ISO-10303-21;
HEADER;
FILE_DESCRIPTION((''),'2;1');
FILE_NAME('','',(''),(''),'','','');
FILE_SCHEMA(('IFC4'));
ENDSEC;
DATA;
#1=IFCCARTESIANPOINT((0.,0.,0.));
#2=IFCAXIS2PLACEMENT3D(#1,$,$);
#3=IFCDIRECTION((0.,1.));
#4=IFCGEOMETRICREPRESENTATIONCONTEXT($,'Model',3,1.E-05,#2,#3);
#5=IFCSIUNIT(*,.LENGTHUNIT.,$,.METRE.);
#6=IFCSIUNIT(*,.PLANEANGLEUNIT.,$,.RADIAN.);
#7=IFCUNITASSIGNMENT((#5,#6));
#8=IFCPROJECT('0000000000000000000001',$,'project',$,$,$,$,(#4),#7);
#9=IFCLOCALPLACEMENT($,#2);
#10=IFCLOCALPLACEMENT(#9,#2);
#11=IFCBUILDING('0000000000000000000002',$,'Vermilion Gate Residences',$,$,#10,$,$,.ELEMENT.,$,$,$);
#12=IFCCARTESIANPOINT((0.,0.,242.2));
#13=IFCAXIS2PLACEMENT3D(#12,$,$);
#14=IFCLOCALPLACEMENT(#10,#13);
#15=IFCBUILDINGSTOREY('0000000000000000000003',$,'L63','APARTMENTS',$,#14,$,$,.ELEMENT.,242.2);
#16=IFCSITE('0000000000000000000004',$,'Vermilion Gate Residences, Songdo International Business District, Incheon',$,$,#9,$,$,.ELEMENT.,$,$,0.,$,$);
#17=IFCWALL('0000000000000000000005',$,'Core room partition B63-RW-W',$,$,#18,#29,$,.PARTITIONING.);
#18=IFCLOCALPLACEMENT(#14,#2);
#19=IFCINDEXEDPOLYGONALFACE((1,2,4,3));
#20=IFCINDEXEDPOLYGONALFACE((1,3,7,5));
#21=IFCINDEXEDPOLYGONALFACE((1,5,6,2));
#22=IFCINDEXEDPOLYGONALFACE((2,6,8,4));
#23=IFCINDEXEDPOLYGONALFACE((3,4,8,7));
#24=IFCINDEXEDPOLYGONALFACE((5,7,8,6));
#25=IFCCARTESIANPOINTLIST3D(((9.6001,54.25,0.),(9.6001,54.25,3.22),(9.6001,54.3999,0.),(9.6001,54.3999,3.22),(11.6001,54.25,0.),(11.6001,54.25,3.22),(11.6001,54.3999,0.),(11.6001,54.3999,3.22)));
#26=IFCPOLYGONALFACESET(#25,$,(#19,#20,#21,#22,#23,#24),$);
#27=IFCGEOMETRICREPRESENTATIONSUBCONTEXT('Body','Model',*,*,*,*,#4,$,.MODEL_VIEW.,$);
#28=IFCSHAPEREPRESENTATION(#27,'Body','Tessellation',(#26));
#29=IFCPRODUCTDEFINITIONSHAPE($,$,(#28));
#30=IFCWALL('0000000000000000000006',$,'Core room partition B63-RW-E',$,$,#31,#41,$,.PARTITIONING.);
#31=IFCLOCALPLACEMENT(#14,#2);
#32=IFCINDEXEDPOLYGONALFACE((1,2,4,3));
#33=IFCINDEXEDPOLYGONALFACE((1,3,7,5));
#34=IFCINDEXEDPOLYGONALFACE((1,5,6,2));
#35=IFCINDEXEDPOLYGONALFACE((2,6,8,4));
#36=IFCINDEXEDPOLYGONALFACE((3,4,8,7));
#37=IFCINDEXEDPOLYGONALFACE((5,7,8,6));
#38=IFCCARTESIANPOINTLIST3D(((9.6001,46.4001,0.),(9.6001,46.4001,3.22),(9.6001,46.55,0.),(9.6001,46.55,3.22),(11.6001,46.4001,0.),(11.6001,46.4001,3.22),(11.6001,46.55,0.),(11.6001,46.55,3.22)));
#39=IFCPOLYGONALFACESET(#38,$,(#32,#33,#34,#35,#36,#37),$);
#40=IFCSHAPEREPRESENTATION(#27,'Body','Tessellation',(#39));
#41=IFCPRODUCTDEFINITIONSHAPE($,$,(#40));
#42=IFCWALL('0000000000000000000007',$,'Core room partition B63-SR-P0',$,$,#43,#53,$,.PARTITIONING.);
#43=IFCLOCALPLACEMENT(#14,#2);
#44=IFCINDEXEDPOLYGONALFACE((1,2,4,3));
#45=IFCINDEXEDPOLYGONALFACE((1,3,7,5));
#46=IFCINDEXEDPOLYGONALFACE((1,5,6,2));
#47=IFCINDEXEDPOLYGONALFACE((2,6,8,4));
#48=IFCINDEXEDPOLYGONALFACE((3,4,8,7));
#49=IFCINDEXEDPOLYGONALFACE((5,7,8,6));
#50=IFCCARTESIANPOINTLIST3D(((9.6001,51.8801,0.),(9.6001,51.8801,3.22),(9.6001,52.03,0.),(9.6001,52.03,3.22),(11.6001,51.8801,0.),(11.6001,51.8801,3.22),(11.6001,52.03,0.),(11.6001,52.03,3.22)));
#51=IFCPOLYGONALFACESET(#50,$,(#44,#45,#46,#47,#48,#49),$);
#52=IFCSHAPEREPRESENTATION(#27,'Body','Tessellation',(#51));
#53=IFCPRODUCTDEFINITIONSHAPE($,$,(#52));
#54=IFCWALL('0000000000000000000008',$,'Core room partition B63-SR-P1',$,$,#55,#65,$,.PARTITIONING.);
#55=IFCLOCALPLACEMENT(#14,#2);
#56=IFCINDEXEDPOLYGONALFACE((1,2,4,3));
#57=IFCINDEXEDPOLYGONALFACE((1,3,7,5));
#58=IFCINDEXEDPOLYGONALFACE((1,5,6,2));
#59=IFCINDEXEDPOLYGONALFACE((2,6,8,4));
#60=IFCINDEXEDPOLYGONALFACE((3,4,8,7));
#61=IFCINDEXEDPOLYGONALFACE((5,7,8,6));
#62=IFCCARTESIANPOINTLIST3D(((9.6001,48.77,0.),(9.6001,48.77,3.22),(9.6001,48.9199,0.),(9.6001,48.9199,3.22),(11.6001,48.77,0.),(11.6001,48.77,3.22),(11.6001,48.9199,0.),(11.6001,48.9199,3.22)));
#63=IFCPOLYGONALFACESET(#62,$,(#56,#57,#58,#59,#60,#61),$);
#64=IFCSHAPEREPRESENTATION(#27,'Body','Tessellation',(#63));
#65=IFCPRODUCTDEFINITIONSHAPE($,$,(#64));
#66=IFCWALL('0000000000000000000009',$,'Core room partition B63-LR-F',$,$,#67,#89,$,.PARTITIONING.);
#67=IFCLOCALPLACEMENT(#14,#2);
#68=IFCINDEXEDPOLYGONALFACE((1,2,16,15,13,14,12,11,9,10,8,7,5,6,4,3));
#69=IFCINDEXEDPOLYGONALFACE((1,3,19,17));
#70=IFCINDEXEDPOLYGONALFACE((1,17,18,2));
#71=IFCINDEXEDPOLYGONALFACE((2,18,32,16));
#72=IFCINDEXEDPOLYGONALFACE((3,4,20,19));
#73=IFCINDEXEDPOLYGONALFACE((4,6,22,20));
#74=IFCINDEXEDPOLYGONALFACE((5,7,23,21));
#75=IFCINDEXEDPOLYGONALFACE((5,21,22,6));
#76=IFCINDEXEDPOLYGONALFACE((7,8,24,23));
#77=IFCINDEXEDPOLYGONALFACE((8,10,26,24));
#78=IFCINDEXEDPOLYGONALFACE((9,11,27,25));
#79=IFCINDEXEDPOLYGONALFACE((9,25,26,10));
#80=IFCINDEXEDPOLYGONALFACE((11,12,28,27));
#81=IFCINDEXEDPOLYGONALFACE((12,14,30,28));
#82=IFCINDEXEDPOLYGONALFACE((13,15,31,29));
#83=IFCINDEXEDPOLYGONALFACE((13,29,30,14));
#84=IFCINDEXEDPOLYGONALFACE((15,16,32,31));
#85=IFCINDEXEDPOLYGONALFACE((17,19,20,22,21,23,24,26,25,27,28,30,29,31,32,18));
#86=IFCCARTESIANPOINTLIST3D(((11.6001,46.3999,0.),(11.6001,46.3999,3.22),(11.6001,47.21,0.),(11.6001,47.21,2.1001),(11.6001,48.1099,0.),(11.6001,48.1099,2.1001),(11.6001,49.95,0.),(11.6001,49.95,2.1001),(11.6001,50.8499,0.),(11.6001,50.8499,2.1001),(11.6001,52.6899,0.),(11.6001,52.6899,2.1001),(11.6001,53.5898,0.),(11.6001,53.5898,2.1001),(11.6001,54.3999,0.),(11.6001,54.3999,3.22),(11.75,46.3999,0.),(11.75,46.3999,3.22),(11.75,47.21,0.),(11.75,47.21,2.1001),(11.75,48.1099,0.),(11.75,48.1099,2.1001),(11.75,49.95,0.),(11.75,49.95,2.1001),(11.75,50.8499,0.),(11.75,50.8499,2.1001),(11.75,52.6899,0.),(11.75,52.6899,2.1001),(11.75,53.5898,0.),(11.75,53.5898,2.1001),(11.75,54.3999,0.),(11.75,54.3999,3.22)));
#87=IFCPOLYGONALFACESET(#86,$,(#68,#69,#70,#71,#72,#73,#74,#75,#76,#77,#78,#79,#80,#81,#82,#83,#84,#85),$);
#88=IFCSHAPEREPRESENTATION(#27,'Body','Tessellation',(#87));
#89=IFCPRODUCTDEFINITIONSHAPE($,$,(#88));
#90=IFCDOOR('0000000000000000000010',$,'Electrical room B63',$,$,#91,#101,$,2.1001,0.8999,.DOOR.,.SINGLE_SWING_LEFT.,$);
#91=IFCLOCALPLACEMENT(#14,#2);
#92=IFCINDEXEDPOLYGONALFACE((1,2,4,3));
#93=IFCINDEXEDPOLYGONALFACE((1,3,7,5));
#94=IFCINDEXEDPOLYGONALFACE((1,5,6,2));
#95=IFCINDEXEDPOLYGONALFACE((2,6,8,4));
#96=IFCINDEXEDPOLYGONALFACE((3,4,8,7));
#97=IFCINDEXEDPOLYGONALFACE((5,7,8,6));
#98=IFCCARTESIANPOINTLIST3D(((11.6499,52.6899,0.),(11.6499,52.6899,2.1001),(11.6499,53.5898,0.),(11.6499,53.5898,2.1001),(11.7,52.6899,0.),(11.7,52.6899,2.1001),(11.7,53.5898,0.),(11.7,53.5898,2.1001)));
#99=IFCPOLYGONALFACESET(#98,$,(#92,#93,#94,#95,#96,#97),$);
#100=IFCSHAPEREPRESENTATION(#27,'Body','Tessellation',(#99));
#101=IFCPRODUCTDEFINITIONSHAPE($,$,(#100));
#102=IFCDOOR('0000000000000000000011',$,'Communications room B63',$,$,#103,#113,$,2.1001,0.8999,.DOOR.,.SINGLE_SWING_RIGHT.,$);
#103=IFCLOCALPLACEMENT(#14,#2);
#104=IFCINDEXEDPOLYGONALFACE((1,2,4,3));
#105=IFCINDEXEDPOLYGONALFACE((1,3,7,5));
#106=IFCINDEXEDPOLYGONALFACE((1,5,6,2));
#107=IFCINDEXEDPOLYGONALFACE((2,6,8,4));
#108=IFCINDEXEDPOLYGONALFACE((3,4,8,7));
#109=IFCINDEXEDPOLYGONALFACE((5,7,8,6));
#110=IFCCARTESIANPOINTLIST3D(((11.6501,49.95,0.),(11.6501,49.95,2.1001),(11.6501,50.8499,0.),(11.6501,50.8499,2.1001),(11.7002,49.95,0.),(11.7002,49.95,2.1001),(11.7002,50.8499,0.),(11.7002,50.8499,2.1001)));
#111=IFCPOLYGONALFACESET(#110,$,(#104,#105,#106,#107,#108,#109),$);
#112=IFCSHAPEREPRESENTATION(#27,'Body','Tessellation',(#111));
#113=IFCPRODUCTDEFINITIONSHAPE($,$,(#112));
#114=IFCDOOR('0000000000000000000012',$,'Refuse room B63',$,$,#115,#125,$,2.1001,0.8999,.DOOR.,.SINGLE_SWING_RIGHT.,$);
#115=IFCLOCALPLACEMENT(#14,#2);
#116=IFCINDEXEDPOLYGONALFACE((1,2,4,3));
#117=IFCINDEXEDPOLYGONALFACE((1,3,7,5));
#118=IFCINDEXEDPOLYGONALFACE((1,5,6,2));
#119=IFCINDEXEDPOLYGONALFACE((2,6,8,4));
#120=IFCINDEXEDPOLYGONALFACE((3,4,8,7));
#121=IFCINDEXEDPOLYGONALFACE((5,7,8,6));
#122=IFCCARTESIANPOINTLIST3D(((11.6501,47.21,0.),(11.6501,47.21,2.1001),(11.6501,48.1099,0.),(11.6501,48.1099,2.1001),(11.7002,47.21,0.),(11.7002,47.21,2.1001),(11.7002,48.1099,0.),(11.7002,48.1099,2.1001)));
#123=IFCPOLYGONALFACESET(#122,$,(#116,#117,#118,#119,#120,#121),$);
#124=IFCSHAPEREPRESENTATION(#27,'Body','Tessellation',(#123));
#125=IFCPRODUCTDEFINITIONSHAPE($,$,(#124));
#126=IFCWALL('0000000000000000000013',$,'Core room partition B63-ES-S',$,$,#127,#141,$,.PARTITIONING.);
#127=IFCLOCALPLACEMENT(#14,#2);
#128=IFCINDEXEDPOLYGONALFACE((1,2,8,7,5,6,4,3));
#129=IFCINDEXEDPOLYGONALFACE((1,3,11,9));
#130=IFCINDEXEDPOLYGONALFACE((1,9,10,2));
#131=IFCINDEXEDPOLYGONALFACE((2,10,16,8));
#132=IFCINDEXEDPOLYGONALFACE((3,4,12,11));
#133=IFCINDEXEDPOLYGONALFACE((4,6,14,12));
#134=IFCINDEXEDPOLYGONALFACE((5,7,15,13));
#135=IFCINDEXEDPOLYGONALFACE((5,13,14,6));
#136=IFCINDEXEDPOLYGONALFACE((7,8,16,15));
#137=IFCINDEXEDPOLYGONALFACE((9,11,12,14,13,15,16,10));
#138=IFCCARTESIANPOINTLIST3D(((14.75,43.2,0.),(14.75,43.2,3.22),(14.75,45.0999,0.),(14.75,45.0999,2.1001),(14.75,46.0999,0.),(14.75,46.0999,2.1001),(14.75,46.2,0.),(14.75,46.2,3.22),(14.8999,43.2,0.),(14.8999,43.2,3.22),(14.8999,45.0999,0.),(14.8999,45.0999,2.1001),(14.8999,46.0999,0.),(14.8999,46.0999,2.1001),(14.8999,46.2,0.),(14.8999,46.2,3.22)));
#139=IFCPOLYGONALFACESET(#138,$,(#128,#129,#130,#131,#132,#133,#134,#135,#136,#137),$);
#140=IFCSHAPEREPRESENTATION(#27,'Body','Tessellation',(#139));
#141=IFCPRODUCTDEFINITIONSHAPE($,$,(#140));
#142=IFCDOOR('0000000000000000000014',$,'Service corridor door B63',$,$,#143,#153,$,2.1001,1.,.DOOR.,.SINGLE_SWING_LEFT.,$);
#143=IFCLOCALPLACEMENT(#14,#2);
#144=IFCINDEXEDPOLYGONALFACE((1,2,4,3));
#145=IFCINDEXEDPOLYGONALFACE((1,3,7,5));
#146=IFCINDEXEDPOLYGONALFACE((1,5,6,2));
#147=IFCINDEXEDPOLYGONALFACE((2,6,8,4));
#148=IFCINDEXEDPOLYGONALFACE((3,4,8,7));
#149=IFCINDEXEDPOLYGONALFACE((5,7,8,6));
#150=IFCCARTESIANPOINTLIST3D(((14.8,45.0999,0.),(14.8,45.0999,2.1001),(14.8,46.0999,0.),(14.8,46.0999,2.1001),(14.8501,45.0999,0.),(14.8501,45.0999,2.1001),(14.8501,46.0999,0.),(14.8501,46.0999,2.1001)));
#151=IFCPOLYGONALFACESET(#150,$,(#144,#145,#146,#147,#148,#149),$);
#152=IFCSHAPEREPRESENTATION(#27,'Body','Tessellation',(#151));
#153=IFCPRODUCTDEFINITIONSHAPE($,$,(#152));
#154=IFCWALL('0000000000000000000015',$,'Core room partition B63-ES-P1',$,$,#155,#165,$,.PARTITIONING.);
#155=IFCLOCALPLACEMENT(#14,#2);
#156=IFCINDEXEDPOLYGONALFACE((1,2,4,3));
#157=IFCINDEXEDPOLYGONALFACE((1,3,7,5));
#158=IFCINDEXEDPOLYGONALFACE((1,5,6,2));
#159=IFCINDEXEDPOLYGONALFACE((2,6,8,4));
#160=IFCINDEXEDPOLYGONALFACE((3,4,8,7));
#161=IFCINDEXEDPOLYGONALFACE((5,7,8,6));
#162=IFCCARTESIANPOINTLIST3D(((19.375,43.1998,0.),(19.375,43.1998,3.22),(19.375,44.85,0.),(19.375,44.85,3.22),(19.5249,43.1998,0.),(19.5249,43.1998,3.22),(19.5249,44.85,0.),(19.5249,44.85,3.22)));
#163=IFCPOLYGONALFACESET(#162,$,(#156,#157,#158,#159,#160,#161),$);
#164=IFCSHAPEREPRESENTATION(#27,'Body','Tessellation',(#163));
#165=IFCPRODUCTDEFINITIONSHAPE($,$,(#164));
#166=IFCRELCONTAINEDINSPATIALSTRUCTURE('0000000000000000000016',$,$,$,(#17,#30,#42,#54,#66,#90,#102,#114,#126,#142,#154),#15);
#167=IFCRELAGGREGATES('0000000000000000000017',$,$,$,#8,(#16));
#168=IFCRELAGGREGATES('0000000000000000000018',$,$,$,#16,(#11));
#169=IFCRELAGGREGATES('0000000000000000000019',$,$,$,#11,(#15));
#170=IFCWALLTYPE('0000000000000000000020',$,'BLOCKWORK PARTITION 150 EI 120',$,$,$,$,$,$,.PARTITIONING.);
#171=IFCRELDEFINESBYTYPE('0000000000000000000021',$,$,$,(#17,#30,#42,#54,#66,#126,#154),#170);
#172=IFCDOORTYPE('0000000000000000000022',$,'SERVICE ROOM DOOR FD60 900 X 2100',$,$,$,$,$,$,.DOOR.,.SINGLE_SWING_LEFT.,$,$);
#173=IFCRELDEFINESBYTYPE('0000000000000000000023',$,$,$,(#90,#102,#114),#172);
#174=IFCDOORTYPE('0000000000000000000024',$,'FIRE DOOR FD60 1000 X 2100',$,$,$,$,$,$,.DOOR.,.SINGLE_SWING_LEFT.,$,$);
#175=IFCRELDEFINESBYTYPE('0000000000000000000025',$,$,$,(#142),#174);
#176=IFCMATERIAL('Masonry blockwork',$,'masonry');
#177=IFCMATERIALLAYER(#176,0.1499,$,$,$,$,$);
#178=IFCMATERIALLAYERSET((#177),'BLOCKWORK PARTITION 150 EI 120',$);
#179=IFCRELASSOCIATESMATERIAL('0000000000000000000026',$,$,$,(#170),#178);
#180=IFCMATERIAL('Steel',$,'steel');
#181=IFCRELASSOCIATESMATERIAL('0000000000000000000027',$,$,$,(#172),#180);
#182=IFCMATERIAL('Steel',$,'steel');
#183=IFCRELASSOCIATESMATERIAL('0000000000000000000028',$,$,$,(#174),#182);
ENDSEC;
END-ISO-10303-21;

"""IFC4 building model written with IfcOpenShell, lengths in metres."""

from ifc_helpers import new_model, si_unit, direction, frame, frame_2d, origin, place, context, subcontext, project, spatial, rectangle, extrude, material, layer, layer_set, type_object, element, fill, save


model = new_model("IFC4")

# Units and contexts
model_context = context("Model", 3, precision=1e-05, world=origin(), true_north=direction((0.0, 1.0)))
body_context = subcontext(model_context, "Body", "Model", "MODEL_VIEW")
ifc_project = project(units=[si_unit("LENGTHUNIT", "METRE"), si_unit("PLANEANGLEUNIT", "RADIAN")], contexts=[model_context])

# Site, building, storey
site_placement = place(None, origin())
site = spatial("IfcSite", under=ifc_project, at=site_placement, Name="Vermilion Gate Residences, Songdo International Business District, Incheon", CompositionType="ELEMENT", RefElevation=0.0)
building_placement = place(site_placement, origin())
building = spatial("IfcBuilding", under=site, at=building_placement, Name="Vermilion Gate Residences", CompositionType="ELEMENT")
storey_placement = place(building_placement, frame((0.0, 0.0, 242.2)))
storey = spatial("IfcBuildingStorey", under=building, at=storey_placement, Name="L63", Description="APARTMENTS", CompositionType="ELEMENT", Elevation=242.2)

# Walls
ifc_material_1 = material(Name="Masonry blockwork", Category="masonry")
ifc_layer_1 = layer(ifc_material_1, 0.1499)
ifc_layer_set_1 = layer_set([ifc_layer_1], Name="BLOCKWORK PARTITION 150 EI 120")
wall_type_1 = type_object("IfcWallType", Name="BLOCKWORK PARTITION 150 EI 120", PredefinedType="PARTITIONING", material=ifc_layer_set_1)
for number, where, z_axis, x_axis, name in (
    (1, (9.6001, 54.325, 0.0), (0.0, 0.0, 1.0), (1.0, 0.0, 0.0), "Core room partition B63-RW-W"),
    (2, (9.6001, 46.4751, 0.0), (0.0, 0.0, 1.0), (1.0, 0.0, 0.0), "Core room partition B63-RW-E"),
    (3, (9.6001, 51.9551, 0.0), (0.0, 0.0, 1.0), (1.0, 0.0, 0.0), "Core room partition B63-SR-P0"),
    (4, (9.6001, 48.845, 0.0), (0.0, 0.0, 1.0), (1.0, 0.0, 0.0), "Core room partition B63-SR-P1"),
):
    element("IfcWall", number, at=place(storey_placement, frame(where, z_axis=z_axis, x_axis=x_axis)), inside=storey, type_object=wall_type_1, Name=name, PredefinedType="PARTITIONING", context=body_context, shape_type="SweptSolid", body=[
        extrude(rectangle(XDim=2.0, YDim=0.1499, at=frame_2d((1.0, 0.0))), origin(), (0.0, 0.0, 1.0), 3.22),
    ])

# Wall, openings, doors
wall_1_placement = place(storey_placement, frame((11.675, 54.3999, 0.0), z_axis=(0.0, 0.0, 1.0), x_axis=(0.0, -1.0, 0.0)))
wall_1 = element("IfcWall", 5, at=wall_1_placement, inside=storey, type_object=wall_type_1, Name="Core room partition B63-LR-F", PredefinedType="PARTITIONING", context=body_context, shape_type="SweptSolid", body=[
    extrude(rectangle(XDim=8.0, YDim=0.1499, at=frame_2d((4.0, 0.0))), origin(), (0.0, 0.0, 1.0), 3.22),
])
opening_1_placement = place(wall_1_placement, frame((0.8101, 0.0, 0.0)))
opening_1 = element("IfcOpeningElement", 6, at=opening_1_placement, cuts=wall_1, PredefinedType="OPENING", context=body_context, shape_type="SweptSolid", body=[
    extrude(rectangle(XDim=0.8999, YDim=2.1001, at=frame_2d((0.45, 1.05))), frame((0.0, 0.085, 0.0), z_axis=(0.0, -1.0, 0.0), x_axis=(1.0, 0.0, 0.0)), (0.0, 0.0, 1.0), 0.1699),
])
opening_2_placement = place(wall_1_placement, frame((3.55, 0.0, 0.0)))
opening_2 = element("IfcOpeningElement", 7, at=opening_2_placement, cuts=wall_1, PredefinedType="OPENING", context=body_context, shape_type="SweptSolid", body=[
    extrude(rectangle(XDim=0.8999, YDim=2.1001, at=frame_2d((0.45, 1.05))), frame((0.0, 0.085, 0.0), z_axis=(0.0, -1.0, 0.0), x_axis=(1.0, 0.0, 0.0)), (0.0, 0.0, 1.0), 0.1699),
])
opening_3_placement = place(wall_1_placement, frame((6.29, 0.0, 0.0)))
opening_3 = element("IfcOpeningElement", 8, at=opening_3_placement, cuts=wall_1, PredefinedType="OPENING", context=body_context, shape_type="SweptSolid", body=[
    extrude(rectangle(XDim=0.8999, YDim=2.1001, at=frame_2d((0.45, 1.05))), frame((0.0, 0.085, 0.0), z_axis=(0.0, -1.0, 0.0), x_axis=(1.0, 0.0, 0.0)), (0.0, 0.0, 1.0), 0.1699),
])
ifc_material_2 = material(Name="Steel", Category="steel")
door_type_1 = type_object("IfcDoorType", Name="SERVICE ROOM DOOR FD60 900 X 2100", OperationType="SINGLE_SWING_LEFT", PredefinedType="DOOR", material=ifc_material_2)
door_1_placement = place(opening_1_placement, origin())
door_1 = element("IfcDoor", 9, at=door_1_placement, inside=storey, type_object=door_type_1, Name="Electrical room B63", OperationType="SINGLE_SWING_LEFT", OverallHeight=2.1001, OverallWidth=0.8999, PredefinedType="DOOR", context=body_context, shape_type="SweptSolid", body=[
    extrude(rectangle(XDim=0.8999, YDim=2.1001, at=frame_2d((0.45, 1.05))), frame((0.0, 0.0249, 0.0), z_axis=(0.0, -1.0, 0.0), x_axis=(1.0, 0.0, 0.0)), (0.0, 0.0, 1.0), 0.05),
])
fill(opening_1, door_1)
door_2_placement = place(opening_2_placement, frame((0.8999, 0.0, 0.0), z_axis=(0.0, 0.0, 1.0), x_axis=(-1.0, 0.0, 0.0)))
door_2 = element("IfcDoor", 10, at=door_2_placement, inside=storey, type_object=door_type_1, Name="Communications room B63", OperationType="SINGLE_SWING_RIGHT", OverallHeight=2.1001, OverallWidth=0.8999, PredefinedType="DOOR", context=body_context, shape_type="SweptSolid", body=[
    extrude(rectangle(XDim=0.8999, YDim=2.1001, at=frame_2d((0.45, 1.05))), frame((0.0, 0.0249, 0.0), z_axis=(0.0, -1.0, 0.0), x_axis=(1.0, 0.0, 0.0)), (0.0, 0.0, 1.0), 0.05),
])
fill(opening_2, door_2)
door_3_placement = place(opening_3_placement, frame((0.8999, 0.0, 0.0), z_axis=(0.0, 0.0, 1.0), x_axis=(-1.0, 0.0, 0.0)))
door_3 = element("IfcDoor", 11, at=door_3_placement, inside=storey, type_object=door_type_1, Name="Refuse room B63", OperationType="SINGLE_SWING_RIGHT", OverallHeight=2.1001, OverallWidth=0.8999, PredefinedType="DOOR", context=body_context, shape_type="SweptSolid", body=[
    extrude(rectangle(XDim=0.8999, YDim=2.1001, at=frame_2d((0.45, 1.05))), frame((0.0, 0.0249, 0.0), z_axis=(0.0, -1.0, 0.0), x_axis=(1.0, 0.0, 0.0)), (0.0, 0.0, 1.0), 0.05),
])
fill(opening_3, door_3)

# Wall, opening, door
wall_2_placement = place(storey_placement, frame((14.825, 46.2, 0.0), z_axis=(0.0, 0.0, 1.0), x_axis=(0.0, -1.0, 0.0)))
wall_2 = element("IfcWall", 12, at=wall_2_placement, inside=storey, type_object=wall_type_1, Name="Core room partition B63-ES-S", PredefinedType="PARTITIONING", context=body_context, shape_type="SweptSolid", body=[
    extrude(rectangle(XDim=3.0, YDim=0.1499, at=frame_2d((1.5, 0.0))), origin(), (0.0, 0.0, 1.0), 3.22),
])
opening_4_placement = place(wall_2_placement, frame((0.1001, 0.0, 0.0)))
opening_4 = element("IfcOpeningElement", 13, at=opening_4_placement, cuts=wall_2, PredefinedType="OPENING", context=body_context, shape_type="SweptSolid", body=[
    extrude(rectangle(XDim=1.0, YDim=2.1001, at=frame_2d((0.5, 1.05))), frame((0.0, 0.085, 0.0), z_axis=(0.0, -1.0, 0.0), x_axis=(1.0, 0.0, 0.0)), (0.0, 0.0, 1.0), 0.1699),
])
ifc_material_3 = material(Name="Steel", Category="steel")
door_type_2 = type_object("IfcDoorType", Name="FIRE DOOR FD60 1000 X 2100", OperationType="SINGLE_SWING_LEFT", PredefinedType="DOOR", material=ifc_material_3)
door_4_placement = place(opening_4_placement, frame((1.0, 0.0, 0.0), z_axis=(0.0, 0.0, 1.0), x_axis=(-1.0, 0.0, 0.0)))
door_4 = element("IfcDoor", 14, at=door_4_placement, inside=storey, type_object=door_type_2, Name="Service corridor door B63", OperationType="SINGLE_SWING_LEFT", OverallHeight=2.1001, OverallWidth=1.0, PredefinedType="DOOR", context=body_context, shape_type="SweptSolid", body=[
    extrude(rectangle(XDim=1.0, YDim=2.1001, at=frame_2d((0.5, 1.05))), frame((0.0, 0.0249, 0.0), z_axis=(0.0, -1.0, 0.0), x_axis=(1.0, 0.0, 0.0)), (0.0, 0.0, 1.0), 0.05),
])
fill(opening_4, door_4)

# Wall
wall_3_placement = place(storey_placement, frame((19.45, 44.8501, 0.0), z_axis=(0.0, 0.0, 1.0), x_axis=(0.0, -1.0, 0.0)))
element("IfcWall", 15, at=wall_3_placement, inside=storey, type_object=wall_type_1, Name="Core room partition B63-ES-P1", PredefinedType="PARTITIONING", context=body_context, shape_type="SweptSolid", body=[
    extrude(rectangle(XDim=1.6501, YDim=0.1499, at=frame_2d((0.8252, 0.0))), origin(), (0.0, 0.0, 1.0), 3.22),
])

save(model, "model.ifc")
